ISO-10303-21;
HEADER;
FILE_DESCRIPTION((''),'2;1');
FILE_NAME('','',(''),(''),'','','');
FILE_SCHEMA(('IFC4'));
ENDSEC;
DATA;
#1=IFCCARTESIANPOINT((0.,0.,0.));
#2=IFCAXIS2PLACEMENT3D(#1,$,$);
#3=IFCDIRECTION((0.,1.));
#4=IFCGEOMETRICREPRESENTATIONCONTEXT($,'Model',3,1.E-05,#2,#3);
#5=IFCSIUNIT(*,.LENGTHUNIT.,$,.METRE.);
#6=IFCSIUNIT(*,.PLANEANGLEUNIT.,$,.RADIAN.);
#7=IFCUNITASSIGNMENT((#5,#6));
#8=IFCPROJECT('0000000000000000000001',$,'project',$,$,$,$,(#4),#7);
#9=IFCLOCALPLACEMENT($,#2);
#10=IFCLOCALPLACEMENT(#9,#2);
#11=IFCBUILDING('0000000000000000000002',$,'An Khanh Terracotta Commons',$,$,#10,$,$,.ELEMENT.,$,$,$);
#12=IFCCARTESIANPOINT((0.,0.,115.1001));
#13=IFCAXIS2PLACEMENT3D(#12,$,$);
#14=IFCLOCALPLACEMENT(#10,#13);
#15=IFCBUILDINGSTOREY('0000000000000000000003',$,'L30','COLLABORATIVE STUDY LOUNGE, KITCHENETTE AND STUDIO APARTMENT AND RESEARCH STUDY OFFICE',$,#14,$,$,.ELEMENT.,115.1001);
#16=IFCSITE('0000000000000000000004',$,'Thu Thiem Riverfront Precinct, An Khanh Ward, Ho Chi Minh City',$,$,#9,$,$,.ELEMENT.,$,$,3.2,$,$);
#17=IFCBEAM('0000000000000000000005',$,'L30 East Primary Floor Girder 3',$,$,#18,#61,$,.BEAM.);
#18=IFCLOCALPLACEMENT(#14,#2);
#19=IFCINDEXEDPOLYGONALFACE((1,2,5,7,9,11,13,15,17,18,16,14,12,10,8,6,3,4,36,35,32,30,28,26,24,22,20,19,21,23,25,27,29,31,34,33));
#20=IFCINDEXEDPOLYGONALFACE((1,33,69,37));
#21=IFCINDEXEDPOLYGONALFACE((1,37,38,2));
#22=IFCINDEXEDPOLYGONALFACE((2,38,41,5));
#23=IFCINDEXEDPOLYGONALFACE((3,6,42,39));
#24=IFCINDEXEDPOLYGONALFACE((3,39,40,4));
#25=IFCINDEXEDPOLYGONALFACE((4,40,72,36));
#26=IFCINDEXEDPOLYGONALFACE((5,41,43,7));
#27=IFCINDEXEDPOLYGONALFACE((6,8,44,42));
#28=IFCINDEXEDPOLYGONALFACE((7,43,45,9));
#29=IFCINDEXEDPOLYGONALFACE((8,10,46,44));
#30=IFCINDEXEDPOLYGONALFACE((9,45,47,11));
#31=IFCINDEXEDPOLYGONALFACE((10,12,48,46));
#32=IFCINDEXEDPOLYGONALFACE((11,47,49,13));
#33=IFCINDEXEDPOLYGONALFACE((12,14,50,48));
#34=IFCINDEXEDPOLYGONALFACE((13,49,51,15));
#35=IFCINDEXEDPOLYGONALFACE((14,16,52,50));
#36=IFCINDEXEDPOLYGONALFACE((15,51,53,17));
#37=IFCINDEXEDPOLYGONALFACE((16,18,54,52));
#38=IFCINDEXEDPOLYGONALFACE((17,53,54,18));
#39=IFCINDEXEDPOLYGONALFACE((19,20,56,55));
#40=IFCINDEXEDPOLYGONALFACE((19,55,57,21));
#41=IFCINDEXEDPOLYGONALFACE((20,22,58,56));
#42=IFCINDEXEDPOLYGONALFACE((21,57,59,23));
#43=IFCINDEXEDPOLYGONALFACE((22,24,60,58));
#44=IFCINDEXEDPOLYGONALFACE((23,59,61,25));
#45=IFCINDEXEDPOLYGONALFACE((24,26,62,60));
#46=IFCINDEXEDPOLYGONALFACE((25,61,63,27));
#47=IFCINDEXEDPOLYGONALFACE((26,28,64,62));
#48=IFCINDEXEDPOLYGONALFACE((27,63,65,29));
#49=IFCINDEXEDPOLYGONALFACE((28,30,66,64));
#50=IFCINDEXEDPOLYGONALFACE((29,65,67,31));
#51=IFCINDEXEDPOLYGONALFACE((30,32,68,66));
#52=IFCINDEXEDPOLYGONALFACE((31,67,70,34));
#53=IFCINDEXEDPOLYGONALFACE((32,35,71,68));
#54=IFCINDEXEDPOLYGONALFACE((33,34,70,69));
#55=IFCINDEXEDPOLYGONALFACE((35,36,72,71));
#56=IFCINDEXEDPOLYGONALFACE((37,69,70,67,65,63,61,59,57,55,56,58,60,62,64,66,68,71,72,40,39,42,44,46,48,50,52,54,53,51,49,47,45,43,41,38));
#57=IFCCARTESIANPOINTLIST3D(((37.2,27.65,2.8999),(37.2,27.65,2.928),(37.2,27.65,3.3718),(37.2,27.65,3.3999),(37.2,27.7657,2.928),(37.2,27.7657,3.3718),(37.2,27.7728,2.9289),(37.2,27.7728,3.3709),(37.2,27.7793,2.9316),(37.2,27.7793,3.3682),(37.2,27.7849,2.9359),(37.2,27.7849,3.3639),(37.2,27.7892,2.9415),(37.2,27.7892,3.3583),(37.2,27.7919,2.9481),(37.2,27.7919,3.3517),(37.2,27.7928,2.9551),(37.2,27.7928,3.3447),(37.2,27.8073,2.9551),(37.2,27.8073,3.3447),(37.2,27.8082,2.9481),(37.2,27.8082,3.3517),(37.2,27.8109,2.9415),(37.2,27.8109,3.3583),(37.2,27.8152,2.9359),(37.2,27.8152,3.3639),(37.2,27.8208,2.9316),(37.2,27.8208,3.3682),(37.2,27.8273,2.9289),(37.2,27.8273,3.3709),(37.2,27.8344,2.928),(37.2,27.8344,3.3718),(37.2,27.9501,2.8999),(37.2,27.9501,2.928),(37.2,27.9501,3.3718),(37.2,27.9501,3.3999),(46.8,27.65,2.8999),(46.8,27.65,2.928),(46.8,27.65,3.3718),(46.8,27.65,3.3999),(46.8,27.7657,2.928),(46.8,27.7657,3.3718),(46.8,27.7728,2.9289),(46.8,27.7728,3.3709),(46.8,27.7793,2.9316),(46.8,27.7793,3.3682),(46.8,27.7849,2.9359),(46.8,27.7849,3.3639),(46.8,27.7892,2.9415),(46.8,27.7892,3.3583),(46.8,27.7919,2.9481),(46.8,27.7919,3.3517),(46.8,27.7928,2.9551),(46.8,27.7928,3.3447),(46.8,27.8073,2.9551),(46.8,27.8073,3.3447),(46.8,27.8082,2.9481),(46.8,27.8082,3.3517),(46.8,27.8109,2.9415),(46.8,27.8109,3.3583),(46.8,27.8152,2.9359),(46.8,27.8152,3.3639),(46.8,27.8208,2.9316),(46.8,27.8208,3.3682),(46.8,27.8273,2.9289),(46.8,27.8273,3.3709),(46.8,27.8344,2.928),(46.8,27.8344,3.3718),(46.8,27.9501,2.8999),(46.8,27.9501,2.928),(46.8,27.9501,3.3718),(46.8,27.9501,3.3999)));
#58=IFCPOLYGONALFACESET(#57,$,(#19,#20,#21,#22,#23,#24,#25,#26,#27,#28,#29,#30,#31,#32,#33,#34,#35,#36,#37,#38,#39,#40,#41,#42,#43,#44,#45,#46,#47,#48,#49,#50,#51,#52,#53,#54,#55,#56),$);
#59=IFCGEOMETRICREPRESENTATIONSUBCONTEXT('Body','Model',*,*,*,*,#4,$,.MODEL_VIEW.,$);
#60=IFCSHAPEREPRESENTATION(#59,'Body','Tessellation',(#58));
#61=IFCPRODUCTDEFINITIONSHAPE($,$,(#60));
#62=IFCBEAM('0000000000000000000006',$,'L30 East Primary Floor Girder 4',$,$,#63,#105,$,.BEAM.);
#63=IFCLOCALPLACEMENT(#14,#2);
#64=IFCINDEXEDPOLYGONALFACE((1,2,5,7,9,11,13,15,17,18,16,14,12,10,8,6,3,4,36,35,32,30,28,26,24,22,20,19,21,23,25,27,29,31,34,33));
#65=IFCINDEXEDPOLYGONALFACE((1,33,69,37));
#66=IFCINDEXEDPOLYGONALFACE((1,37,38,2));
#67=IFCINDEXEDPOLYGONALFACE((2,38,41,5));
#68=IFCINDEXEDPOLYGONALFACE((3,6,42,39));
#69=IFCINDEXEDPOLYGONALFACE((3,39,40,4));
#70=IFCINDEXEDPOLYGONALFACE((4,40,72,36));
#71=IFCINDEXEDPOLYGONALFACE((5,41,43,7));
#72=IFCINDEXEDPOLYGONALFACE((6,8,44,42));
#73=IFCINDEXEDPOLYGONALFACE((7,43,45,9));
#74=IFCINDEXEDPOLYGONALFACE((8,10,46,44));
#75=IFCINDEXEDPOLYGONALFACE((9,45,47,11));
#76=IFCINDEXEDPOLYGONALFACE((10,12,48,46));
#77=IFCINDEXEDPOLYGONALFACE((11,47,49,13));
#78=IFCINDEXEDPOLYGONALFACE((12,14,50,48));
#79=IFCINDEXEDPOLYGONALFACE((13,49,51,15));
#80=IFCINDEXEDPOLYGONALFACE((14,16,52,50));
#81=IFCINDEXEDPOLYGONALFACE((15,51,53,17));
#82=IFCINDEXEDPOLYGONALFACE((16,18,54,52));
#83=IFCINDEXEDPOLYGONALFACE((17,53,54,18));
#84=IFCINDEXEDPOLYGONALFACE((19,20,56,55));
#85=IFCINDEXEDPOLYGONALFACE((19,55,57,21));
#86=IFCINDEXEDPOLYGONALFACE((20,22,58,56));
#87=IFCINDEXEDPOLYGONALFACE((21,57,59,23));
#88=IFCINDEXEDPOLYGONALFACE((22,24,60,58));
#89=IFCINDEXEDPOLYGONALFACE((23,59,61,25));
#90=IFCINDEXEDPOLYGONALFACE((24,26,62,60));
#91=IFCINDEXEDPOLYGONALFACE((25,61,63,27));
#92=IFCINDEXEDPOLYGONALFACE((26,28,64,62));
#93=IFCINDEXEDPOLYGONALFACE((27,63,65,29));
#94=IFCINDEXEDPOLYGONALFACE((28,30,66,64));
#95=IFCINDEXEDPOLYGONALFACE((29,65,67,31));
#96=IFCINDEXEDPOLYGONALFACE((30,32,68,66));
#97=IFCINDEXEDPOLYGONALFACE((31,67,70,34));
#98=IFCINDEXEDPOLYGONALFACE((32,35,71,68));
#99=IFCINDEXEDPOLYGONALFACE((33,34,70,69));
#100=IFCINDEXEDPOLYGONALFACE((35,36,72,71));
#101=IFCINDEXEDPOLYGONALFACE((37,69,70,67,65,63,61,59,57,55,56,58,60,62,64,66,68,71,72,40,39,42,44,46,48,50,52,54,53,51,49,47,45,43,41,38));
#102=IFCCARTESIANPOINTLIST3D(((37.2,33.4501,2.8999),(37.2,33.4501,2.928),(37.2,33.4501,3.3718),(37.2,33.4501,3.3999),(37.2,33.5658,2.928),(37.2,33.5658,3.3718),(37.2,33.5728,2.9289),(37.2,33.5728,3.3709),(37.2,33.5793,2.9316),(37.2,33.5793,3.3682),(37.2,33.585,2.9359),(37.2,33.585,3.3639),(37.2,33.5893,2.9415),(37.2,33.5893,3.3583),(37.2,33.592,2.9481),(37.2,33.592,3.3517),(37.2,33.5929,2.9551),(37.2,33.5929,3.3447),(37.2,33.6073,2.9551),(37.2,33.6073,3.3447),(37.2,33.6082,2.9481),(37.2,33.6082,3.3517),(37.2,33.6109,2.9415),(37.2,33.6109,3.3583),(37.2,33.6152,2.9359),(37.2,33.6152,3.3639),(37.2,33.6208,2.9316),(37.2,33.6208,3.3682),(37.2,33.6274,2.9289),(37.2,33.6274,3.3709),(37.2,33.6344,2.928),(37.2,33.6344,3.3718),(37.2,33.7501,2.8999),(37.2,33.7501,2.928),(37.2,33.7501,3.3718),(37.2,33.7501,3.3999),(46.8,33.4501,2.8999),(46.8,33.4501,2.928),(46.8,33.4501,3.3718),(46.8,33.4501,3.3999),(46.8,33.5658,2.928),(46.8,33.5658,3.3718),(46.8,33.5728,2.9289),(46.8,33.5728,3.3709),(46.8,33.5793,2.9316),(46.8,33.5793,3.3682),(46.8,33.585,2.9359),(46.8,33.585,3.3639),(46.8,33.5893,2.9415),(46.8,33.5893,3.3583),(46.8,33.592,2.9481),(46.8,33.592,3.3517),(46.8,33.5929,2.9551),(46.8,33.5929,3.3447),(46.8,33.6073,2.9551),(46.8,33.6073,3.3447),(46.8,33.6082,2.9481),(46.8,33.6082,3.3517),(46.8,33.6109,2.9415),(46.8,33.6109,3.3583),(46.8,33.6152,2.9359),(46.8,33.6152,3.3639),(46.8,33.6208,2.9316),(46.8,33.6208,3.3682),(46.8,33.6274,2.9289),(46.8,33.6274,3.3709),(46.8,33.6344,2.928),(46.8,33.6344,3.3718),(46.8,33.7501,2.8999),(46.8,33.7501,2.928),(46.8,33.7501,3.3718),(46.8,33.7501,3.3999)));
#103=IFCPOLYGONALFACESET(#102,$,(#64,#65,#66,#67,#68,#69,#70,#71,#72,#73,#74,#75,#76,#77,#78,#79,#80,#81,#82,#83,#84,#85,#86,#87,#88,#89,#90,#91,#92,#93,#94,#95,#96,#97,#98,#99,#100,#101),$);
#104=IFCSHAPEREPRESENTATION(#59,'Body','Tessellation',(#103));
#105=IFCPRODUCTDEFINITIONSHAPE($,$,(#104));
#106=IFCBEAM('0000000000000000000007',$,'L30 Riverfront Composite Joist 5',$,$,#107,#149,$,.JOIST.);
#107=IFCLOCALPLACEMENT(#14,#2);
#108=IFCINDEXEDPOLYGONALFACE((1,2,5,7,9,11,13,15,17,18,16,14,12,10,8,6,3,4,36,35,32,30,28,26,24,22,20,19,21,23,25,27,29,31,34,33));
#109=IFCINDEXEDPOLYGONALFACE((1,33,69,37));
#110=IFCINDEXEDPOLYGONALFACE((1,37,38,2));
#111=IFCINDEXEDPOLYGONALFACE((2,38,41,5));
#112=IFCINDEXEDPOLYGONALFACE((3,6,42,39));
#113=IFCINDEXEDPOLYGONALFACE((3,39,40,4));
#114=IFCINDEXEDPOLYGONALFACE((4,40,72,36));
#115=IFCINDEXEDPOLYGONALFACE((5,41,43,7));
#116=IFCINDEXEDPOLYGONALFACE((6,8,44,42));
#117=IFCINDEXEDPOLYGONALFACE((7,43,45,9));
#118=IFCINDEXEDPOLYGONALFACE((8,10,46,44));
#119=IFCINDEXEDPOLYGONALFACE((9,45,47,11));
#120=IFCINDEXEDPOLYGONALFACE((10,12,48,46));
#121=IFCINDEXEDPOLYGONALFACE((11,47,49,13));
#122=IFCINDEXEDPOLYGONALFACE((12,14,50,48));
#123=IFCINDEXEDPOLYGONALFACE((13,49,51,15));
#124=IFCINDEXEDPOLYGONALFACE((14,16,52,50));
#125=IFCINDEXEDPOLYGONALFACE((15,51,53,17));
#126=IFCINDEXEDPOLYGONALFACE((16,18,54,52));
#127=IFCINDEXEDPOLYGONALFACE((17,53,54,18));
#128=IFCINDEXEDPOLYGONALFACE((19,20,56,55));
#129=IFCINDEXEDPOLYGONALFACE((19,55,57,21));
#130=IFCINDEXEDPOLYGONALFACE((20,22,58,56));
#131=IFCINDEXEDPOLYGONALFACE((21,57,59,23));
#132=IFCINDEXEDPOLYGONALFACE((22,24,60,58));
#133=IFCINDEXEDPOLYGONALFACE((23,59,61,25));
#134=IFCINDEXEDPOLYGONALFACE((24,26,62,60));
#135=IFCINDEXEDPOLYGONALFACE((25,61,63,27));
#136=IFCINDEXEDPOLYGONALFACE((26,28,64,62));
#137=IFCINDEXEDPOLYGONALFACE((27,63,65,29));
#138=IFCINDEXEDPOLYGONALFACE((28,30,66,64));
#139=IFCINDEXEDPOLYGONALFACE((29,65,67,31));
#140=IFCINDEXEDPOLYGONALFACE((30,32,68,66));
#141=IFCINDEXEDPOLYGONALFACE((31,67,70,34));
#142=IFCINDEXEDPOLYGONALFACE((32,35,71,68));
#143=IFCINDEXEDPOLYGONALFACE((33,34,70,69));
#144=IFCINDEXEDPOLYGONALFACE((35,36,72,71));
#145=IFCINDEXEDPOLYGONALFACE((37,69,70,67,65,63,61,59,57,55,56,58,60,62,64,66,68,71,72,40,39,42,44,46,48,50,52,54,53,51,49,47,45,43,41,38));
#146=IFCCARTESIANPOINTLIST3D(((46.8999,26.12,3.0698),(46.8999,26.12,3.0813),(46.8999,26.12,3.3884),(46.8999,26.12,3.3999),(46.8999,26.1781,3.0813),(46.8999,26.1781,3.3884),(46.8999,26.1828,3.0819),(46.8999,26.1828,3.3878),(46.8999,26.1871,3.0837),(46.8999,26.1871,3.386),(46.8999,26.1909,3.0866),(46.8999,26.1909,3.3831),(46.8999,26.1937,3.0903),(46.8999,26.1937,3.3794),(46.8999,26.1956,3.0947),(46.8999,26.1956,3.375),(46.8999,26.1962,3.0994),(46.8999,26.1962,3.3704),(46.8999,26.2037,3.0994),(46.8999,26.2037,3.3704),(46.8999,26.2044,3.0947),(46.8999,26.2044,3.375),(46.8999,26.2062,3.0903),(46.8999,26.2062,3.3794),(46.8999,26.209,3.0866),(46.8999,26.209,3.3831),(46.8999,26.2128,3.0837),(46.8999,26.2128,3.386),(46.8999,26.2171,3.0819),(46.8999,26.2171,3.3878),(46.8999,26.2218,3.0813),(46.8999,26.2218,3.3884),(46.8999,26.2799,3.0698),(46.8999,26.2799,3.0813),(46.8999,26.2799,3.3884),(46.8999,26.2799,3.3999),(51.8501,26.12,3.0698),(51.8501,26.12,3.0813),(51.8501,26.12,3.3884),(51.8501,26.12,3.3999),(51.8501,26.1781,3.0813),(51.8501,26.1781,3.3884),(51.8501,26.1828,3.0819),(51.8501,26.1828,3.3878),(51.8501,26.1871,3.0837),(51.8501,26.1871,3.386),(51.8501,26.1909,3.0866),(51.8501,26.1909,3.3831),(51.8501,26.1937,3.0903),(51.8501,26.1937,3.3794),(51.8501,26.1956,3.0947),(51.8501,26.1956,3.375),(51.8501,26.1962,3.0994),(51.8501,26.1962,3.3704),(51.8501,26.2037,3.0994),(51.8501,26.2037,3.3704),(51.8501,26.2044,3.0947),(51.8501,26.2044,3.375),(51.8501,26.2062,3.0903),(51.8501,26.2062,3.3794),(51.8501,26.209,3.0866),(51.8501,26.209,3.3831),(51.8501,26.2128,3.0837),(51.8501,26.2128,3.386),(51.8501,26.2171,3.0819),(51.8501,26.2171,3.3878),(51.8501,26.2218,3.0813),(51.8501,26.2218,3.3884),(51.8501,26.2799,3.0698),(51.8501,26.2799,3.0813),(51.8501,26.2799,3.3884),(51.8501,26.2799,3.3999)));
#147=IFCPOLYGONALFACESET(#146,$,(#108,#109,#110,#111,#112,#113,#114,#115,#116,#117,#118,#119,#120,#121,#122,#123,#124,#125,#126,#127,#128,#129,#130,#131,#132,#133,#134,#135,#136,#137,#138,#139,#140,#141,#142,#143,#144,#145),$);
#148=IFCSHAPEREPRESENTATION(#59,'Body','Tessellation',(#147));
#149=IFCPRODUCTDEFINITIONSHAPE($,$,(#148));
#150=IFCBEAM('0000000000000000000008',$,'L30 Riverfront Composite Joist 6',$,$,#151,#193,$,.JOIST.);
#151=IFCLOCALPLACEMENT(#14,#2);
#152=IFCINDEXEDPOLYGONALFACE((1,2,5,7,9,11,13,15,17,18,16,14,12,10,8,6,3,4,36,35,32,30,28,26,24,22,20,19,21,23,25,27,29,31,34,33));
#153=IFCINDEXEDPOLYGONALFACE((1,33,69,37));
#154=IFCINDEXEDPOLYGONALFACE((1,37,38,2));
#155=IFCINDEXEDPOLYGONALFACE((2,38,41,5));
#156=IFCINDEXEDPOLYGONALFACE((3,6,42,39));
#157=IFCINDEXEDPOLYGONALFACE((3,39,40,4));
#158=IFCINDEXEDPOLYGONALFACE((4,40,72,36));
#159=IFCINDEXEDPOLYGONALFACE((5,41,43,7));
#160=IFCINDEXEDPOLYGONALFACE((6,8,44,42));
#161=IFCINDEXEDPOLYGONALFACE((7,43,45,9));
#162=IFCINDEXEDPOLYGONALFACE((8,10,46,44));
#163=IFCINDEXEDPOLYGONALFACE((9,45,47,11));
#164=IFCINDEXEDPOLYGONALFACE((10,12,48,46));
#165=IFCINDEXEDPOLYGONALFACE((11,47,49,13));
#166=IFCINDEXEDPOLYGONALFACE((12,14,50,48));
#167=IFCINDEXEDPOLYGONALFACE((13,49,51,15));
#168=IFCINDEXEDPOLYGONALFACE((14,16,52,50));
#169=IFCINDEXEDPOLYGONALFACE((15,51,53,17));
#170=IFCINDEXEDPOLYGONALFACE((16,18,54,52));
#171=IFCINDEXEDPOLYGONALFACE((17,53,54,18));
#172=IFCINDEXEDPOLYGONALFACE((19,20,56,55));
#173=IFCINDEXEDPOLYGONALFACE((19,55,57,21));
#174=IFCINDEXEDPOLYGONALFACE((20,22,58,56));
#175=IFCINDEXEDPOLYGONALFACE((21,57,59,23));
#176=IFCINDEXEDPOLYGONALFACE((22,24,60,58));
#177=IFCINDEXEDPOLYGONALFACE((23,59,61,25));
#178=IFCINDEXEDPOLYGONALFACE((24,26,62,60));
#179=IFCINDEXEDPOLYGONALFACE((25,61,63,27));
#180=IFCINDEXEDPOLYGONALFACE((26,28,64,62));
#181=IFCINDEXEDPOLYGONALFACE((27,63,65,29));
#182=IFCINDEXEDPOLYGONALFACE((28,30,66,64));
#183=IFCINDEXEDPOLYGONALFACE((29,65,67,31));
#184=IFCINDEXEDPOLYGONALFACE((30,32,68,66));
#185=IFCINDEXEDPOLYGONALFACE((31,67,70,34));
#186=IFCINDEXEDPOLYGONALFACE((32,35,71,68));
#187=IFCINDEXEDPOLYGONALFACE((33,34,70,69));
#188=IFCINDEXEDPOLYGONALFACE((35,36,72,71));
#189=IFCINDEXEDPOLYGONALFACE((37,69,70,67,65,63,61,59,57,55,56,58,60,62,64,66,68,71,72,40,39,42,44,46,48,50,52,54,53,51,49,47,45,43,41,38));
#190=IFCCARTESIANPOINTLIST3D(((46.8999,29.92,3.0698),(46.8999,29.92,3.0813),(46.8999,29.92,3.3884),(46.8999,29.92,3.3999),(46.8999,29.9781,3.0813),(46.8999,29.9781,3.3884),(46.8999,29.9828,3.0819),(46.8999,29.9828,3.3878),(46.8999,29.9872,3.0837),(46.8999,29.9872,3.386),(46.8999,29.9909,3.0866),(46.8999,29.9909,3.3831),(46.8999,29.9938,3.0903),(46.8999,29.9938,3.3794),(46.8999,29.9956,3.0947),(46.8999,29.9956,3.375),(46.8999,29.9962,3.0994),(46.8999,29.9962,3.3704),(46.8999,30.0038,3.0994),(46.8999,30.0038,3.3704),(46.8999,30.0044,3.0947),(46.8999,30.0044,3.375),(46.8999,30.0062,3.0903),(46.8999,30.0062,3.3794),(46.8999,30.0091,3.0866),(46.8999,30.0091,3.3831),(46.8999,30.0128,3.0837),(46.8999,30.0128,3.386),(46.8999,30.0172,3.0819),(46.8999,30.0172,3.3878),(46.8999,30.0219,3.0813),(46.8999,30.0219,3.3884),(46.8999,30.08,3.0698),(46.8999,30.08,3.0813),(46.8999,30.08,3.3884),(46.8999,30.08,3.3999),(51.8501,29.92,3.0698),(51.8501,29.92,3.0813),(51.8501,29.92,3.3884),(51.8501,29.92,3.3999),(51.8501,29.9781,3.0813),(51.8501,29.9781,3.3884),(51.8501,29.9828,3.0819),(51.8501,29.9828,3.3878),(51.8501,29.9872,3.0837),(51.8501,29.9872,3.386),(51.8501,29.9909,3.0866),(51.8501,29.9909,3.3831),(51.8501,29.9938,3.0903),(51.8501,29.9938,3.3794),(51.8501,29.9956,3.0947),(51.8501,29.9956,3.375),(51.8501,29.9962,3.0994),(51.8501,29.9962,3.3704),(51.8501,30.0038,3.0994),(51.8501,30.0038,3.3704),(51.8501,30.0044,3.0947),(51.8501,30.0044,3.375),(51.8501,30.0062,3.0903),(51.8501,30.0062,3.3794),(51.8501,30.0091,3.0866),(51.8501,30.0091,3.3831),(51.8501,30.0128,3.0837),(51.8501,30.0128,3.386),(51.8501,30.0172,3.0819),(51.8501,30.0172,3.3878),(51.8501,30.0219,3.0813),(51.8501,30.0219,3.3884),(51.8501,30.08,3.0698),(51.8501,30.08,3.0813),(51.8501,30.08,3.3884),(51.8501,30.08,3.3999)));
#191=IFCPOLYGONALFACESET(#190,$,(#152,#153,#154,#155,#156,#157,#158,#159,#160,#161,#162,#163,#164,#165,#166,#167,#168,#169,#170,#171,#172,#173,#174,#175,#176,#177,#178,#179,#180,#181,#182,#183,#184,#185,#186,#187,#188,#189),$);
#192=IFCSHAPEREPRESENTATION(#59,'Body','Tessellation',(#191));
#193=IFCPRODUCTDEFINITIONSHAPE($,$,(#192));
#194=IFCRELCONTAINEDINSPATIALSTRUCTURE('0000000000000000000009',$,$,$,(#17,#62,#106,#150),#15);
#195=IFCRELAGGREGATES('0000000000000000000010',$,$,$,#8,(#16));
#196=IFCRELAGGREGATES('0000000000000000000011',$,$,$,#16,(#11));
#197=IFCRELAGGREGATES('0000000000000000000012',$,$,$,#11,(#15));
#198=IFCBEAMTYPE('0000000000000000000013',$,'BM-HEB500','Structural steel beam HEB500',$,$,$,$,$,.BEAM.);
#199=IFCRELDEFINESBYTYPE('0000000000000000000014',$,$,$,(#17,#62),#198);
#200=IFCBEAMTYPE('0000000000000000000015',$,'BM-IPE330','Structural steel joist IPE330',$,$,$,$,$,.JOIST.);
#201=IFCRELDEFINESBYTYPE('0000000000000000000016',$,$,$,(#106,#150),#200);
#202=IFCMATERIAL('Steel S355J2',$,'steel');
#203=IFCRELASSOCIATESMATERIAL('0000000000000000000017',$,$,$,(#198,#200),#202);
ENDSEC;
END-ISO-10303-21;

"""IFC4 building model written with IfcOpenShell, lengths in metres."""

from ifc_helpers import new_model, si_unit, direction, frame, origin, origin_2d, place, context, subcontext, project, spatial, i_section, extrude, material, material_profile, profile_set, type_object, element, save


model = new_model("IFC4")

# Units and contexts
model_context = context("Model", 3, precision=1e-05, world=origin(), true_north=direction((0.0, 1.0)))
body_context = subcontext(model_context, "Body", "Model", "MODEL_VIEW")
ifc_project = project(units=[si_unit("LENGTHUNIT", "METRE"), si_unit("PLANEANGLEUNIT", "RADIAN")], contexts=[model_context])

# Site, building, storey
site_placement = place(None, origin())
site = spatial("IfcSite", under=ifc_project, at=site_placement, Name="Thu Thiem Riverfront Precinct, An Khanh Ward, Ho Chi Minh City", CompositionType="ELEMENT", RefElevation=3.2)
building_placement = place(site_placement, origin())
building = spatial("IfcBuilding", under=site, at=building_placement, Name="An Khanh Terracotta Commons", CompositionType="ELEMENT")
storey_placement = place(building_placement, frame((0.0, 0.0, 115.1001)))
storey = spatial("IfcBuildingStorey", under=building, at=storey_placement, Name="L30", Description="COLLABORATIVE STUDY LOUNGE, KITCHENETTE AND STUDIO APARTMENT AND RESEARCH STUDY OFFICE", CompositionType="ELEMENT", Elevation=115.1001)

# Beams
ifc_material_1 = material(Name="Steel S355J2", Category="steel")
ifc_material_profile_1 = material_profile(ifc_material_1, i_section(OverallWidth=0.3, OverallDepth=0.5, WebThickness=0.0144, FlangeThickness=0.0281, FilletRadius=0.0271, at=origin_2d()), Name="HEB500")
ifc_profile_set_1 = profile_set([ifc_material_profile_1], Name="Steel S355J2")
beam_type_1 = type_object("IfcBeamType", Name="BM-HEB500", Description="Structural steel beam HEB500", PredefinedType="BEAM", material=ifc_profile_set_1)
for number, where, z_axis, x_axis, name in (
    (1, (37.2, 27.8, 3.1499), (1.0, 0.0, 0.0), (0.0, 1.0, 0.0), "L30 East Primary Floor Girder 3"),
    (2, (37.2, 33.6001, 3.1499), (1.0, 0.0, 0.0), (0.0, 1.0, 0.0), "L30 East Primary Floor Girder 4"),
):
    element("IfcBeam", number, at=place(storey_placement, frame(where, z_axis=z_axis, x_axis=x_axis)), inside=storey, type_object=beam_type_1, Name=name, PredefinedType="BEAM", context=body_context, shape_type="SweptSolid", body=[
        extrude(i_section(OverallWidth=0.3, OverallDepth=0.5, WebThickness=0.0144, FlangeThickness=0.0281, FilletRadius=0.0271, at=origin_2d()), origin(), (0.0, 0.0, 1.0), 9.6001),
    ])
ifc_material_profile_2 = material_profile(ifc_material_1, i_section(OverallWidth=0.1599, OverallDepth=0.3301, WebThickness=0.0076, FlangeThickness=0.0115, FilletRadius=0.0181, at=origin_2d()), Name="IPE330")
ifc_profile_set_2 = profile_set([ifc_material_profile_2], Name="Steel S355J2")
beam_type_2 = type_object("IfcBeamType", Name="BM-IPE330", Description="Structural steel joist IPE330", PredefinedType="JOIST", material=ifc_profile_set_2)
for number, where, z_axis, x_axis, name in (
    (3, (46.8999, 26.2, 3.2349), (1.0, 0.0, 0.0), (0.0, 1.0, 0.0), "L30 Riverfront Composite Joist 5"),
    (4, (46.8999, 30.0, 3.2349), (1.0, 0.0, 0.0), (0.0, 1.0, 0.0), "L30 Riverfront Composite Joist 6"),
):
    element("IfcBeam", number, at=place(storey_placement, frame(where, z_axis=z_axis, x_axis=x_axis)), inside=storey, type_object=beam_type_2, Name=name, PredefinedType="JOIST", context=body_context, shape_type="SweptSolid", body=[
        extrude(i_section(OverallWidth=0.1599, OverallDepth=0.3301, WebThickness=0.0076, FlangeThickness=0.0115, FilletRadius=0.0181, at=origin_2d()), origin(), (0.0, 0.0, 1.0), 4.9502),
    ])

save(model, "model.ifc")
